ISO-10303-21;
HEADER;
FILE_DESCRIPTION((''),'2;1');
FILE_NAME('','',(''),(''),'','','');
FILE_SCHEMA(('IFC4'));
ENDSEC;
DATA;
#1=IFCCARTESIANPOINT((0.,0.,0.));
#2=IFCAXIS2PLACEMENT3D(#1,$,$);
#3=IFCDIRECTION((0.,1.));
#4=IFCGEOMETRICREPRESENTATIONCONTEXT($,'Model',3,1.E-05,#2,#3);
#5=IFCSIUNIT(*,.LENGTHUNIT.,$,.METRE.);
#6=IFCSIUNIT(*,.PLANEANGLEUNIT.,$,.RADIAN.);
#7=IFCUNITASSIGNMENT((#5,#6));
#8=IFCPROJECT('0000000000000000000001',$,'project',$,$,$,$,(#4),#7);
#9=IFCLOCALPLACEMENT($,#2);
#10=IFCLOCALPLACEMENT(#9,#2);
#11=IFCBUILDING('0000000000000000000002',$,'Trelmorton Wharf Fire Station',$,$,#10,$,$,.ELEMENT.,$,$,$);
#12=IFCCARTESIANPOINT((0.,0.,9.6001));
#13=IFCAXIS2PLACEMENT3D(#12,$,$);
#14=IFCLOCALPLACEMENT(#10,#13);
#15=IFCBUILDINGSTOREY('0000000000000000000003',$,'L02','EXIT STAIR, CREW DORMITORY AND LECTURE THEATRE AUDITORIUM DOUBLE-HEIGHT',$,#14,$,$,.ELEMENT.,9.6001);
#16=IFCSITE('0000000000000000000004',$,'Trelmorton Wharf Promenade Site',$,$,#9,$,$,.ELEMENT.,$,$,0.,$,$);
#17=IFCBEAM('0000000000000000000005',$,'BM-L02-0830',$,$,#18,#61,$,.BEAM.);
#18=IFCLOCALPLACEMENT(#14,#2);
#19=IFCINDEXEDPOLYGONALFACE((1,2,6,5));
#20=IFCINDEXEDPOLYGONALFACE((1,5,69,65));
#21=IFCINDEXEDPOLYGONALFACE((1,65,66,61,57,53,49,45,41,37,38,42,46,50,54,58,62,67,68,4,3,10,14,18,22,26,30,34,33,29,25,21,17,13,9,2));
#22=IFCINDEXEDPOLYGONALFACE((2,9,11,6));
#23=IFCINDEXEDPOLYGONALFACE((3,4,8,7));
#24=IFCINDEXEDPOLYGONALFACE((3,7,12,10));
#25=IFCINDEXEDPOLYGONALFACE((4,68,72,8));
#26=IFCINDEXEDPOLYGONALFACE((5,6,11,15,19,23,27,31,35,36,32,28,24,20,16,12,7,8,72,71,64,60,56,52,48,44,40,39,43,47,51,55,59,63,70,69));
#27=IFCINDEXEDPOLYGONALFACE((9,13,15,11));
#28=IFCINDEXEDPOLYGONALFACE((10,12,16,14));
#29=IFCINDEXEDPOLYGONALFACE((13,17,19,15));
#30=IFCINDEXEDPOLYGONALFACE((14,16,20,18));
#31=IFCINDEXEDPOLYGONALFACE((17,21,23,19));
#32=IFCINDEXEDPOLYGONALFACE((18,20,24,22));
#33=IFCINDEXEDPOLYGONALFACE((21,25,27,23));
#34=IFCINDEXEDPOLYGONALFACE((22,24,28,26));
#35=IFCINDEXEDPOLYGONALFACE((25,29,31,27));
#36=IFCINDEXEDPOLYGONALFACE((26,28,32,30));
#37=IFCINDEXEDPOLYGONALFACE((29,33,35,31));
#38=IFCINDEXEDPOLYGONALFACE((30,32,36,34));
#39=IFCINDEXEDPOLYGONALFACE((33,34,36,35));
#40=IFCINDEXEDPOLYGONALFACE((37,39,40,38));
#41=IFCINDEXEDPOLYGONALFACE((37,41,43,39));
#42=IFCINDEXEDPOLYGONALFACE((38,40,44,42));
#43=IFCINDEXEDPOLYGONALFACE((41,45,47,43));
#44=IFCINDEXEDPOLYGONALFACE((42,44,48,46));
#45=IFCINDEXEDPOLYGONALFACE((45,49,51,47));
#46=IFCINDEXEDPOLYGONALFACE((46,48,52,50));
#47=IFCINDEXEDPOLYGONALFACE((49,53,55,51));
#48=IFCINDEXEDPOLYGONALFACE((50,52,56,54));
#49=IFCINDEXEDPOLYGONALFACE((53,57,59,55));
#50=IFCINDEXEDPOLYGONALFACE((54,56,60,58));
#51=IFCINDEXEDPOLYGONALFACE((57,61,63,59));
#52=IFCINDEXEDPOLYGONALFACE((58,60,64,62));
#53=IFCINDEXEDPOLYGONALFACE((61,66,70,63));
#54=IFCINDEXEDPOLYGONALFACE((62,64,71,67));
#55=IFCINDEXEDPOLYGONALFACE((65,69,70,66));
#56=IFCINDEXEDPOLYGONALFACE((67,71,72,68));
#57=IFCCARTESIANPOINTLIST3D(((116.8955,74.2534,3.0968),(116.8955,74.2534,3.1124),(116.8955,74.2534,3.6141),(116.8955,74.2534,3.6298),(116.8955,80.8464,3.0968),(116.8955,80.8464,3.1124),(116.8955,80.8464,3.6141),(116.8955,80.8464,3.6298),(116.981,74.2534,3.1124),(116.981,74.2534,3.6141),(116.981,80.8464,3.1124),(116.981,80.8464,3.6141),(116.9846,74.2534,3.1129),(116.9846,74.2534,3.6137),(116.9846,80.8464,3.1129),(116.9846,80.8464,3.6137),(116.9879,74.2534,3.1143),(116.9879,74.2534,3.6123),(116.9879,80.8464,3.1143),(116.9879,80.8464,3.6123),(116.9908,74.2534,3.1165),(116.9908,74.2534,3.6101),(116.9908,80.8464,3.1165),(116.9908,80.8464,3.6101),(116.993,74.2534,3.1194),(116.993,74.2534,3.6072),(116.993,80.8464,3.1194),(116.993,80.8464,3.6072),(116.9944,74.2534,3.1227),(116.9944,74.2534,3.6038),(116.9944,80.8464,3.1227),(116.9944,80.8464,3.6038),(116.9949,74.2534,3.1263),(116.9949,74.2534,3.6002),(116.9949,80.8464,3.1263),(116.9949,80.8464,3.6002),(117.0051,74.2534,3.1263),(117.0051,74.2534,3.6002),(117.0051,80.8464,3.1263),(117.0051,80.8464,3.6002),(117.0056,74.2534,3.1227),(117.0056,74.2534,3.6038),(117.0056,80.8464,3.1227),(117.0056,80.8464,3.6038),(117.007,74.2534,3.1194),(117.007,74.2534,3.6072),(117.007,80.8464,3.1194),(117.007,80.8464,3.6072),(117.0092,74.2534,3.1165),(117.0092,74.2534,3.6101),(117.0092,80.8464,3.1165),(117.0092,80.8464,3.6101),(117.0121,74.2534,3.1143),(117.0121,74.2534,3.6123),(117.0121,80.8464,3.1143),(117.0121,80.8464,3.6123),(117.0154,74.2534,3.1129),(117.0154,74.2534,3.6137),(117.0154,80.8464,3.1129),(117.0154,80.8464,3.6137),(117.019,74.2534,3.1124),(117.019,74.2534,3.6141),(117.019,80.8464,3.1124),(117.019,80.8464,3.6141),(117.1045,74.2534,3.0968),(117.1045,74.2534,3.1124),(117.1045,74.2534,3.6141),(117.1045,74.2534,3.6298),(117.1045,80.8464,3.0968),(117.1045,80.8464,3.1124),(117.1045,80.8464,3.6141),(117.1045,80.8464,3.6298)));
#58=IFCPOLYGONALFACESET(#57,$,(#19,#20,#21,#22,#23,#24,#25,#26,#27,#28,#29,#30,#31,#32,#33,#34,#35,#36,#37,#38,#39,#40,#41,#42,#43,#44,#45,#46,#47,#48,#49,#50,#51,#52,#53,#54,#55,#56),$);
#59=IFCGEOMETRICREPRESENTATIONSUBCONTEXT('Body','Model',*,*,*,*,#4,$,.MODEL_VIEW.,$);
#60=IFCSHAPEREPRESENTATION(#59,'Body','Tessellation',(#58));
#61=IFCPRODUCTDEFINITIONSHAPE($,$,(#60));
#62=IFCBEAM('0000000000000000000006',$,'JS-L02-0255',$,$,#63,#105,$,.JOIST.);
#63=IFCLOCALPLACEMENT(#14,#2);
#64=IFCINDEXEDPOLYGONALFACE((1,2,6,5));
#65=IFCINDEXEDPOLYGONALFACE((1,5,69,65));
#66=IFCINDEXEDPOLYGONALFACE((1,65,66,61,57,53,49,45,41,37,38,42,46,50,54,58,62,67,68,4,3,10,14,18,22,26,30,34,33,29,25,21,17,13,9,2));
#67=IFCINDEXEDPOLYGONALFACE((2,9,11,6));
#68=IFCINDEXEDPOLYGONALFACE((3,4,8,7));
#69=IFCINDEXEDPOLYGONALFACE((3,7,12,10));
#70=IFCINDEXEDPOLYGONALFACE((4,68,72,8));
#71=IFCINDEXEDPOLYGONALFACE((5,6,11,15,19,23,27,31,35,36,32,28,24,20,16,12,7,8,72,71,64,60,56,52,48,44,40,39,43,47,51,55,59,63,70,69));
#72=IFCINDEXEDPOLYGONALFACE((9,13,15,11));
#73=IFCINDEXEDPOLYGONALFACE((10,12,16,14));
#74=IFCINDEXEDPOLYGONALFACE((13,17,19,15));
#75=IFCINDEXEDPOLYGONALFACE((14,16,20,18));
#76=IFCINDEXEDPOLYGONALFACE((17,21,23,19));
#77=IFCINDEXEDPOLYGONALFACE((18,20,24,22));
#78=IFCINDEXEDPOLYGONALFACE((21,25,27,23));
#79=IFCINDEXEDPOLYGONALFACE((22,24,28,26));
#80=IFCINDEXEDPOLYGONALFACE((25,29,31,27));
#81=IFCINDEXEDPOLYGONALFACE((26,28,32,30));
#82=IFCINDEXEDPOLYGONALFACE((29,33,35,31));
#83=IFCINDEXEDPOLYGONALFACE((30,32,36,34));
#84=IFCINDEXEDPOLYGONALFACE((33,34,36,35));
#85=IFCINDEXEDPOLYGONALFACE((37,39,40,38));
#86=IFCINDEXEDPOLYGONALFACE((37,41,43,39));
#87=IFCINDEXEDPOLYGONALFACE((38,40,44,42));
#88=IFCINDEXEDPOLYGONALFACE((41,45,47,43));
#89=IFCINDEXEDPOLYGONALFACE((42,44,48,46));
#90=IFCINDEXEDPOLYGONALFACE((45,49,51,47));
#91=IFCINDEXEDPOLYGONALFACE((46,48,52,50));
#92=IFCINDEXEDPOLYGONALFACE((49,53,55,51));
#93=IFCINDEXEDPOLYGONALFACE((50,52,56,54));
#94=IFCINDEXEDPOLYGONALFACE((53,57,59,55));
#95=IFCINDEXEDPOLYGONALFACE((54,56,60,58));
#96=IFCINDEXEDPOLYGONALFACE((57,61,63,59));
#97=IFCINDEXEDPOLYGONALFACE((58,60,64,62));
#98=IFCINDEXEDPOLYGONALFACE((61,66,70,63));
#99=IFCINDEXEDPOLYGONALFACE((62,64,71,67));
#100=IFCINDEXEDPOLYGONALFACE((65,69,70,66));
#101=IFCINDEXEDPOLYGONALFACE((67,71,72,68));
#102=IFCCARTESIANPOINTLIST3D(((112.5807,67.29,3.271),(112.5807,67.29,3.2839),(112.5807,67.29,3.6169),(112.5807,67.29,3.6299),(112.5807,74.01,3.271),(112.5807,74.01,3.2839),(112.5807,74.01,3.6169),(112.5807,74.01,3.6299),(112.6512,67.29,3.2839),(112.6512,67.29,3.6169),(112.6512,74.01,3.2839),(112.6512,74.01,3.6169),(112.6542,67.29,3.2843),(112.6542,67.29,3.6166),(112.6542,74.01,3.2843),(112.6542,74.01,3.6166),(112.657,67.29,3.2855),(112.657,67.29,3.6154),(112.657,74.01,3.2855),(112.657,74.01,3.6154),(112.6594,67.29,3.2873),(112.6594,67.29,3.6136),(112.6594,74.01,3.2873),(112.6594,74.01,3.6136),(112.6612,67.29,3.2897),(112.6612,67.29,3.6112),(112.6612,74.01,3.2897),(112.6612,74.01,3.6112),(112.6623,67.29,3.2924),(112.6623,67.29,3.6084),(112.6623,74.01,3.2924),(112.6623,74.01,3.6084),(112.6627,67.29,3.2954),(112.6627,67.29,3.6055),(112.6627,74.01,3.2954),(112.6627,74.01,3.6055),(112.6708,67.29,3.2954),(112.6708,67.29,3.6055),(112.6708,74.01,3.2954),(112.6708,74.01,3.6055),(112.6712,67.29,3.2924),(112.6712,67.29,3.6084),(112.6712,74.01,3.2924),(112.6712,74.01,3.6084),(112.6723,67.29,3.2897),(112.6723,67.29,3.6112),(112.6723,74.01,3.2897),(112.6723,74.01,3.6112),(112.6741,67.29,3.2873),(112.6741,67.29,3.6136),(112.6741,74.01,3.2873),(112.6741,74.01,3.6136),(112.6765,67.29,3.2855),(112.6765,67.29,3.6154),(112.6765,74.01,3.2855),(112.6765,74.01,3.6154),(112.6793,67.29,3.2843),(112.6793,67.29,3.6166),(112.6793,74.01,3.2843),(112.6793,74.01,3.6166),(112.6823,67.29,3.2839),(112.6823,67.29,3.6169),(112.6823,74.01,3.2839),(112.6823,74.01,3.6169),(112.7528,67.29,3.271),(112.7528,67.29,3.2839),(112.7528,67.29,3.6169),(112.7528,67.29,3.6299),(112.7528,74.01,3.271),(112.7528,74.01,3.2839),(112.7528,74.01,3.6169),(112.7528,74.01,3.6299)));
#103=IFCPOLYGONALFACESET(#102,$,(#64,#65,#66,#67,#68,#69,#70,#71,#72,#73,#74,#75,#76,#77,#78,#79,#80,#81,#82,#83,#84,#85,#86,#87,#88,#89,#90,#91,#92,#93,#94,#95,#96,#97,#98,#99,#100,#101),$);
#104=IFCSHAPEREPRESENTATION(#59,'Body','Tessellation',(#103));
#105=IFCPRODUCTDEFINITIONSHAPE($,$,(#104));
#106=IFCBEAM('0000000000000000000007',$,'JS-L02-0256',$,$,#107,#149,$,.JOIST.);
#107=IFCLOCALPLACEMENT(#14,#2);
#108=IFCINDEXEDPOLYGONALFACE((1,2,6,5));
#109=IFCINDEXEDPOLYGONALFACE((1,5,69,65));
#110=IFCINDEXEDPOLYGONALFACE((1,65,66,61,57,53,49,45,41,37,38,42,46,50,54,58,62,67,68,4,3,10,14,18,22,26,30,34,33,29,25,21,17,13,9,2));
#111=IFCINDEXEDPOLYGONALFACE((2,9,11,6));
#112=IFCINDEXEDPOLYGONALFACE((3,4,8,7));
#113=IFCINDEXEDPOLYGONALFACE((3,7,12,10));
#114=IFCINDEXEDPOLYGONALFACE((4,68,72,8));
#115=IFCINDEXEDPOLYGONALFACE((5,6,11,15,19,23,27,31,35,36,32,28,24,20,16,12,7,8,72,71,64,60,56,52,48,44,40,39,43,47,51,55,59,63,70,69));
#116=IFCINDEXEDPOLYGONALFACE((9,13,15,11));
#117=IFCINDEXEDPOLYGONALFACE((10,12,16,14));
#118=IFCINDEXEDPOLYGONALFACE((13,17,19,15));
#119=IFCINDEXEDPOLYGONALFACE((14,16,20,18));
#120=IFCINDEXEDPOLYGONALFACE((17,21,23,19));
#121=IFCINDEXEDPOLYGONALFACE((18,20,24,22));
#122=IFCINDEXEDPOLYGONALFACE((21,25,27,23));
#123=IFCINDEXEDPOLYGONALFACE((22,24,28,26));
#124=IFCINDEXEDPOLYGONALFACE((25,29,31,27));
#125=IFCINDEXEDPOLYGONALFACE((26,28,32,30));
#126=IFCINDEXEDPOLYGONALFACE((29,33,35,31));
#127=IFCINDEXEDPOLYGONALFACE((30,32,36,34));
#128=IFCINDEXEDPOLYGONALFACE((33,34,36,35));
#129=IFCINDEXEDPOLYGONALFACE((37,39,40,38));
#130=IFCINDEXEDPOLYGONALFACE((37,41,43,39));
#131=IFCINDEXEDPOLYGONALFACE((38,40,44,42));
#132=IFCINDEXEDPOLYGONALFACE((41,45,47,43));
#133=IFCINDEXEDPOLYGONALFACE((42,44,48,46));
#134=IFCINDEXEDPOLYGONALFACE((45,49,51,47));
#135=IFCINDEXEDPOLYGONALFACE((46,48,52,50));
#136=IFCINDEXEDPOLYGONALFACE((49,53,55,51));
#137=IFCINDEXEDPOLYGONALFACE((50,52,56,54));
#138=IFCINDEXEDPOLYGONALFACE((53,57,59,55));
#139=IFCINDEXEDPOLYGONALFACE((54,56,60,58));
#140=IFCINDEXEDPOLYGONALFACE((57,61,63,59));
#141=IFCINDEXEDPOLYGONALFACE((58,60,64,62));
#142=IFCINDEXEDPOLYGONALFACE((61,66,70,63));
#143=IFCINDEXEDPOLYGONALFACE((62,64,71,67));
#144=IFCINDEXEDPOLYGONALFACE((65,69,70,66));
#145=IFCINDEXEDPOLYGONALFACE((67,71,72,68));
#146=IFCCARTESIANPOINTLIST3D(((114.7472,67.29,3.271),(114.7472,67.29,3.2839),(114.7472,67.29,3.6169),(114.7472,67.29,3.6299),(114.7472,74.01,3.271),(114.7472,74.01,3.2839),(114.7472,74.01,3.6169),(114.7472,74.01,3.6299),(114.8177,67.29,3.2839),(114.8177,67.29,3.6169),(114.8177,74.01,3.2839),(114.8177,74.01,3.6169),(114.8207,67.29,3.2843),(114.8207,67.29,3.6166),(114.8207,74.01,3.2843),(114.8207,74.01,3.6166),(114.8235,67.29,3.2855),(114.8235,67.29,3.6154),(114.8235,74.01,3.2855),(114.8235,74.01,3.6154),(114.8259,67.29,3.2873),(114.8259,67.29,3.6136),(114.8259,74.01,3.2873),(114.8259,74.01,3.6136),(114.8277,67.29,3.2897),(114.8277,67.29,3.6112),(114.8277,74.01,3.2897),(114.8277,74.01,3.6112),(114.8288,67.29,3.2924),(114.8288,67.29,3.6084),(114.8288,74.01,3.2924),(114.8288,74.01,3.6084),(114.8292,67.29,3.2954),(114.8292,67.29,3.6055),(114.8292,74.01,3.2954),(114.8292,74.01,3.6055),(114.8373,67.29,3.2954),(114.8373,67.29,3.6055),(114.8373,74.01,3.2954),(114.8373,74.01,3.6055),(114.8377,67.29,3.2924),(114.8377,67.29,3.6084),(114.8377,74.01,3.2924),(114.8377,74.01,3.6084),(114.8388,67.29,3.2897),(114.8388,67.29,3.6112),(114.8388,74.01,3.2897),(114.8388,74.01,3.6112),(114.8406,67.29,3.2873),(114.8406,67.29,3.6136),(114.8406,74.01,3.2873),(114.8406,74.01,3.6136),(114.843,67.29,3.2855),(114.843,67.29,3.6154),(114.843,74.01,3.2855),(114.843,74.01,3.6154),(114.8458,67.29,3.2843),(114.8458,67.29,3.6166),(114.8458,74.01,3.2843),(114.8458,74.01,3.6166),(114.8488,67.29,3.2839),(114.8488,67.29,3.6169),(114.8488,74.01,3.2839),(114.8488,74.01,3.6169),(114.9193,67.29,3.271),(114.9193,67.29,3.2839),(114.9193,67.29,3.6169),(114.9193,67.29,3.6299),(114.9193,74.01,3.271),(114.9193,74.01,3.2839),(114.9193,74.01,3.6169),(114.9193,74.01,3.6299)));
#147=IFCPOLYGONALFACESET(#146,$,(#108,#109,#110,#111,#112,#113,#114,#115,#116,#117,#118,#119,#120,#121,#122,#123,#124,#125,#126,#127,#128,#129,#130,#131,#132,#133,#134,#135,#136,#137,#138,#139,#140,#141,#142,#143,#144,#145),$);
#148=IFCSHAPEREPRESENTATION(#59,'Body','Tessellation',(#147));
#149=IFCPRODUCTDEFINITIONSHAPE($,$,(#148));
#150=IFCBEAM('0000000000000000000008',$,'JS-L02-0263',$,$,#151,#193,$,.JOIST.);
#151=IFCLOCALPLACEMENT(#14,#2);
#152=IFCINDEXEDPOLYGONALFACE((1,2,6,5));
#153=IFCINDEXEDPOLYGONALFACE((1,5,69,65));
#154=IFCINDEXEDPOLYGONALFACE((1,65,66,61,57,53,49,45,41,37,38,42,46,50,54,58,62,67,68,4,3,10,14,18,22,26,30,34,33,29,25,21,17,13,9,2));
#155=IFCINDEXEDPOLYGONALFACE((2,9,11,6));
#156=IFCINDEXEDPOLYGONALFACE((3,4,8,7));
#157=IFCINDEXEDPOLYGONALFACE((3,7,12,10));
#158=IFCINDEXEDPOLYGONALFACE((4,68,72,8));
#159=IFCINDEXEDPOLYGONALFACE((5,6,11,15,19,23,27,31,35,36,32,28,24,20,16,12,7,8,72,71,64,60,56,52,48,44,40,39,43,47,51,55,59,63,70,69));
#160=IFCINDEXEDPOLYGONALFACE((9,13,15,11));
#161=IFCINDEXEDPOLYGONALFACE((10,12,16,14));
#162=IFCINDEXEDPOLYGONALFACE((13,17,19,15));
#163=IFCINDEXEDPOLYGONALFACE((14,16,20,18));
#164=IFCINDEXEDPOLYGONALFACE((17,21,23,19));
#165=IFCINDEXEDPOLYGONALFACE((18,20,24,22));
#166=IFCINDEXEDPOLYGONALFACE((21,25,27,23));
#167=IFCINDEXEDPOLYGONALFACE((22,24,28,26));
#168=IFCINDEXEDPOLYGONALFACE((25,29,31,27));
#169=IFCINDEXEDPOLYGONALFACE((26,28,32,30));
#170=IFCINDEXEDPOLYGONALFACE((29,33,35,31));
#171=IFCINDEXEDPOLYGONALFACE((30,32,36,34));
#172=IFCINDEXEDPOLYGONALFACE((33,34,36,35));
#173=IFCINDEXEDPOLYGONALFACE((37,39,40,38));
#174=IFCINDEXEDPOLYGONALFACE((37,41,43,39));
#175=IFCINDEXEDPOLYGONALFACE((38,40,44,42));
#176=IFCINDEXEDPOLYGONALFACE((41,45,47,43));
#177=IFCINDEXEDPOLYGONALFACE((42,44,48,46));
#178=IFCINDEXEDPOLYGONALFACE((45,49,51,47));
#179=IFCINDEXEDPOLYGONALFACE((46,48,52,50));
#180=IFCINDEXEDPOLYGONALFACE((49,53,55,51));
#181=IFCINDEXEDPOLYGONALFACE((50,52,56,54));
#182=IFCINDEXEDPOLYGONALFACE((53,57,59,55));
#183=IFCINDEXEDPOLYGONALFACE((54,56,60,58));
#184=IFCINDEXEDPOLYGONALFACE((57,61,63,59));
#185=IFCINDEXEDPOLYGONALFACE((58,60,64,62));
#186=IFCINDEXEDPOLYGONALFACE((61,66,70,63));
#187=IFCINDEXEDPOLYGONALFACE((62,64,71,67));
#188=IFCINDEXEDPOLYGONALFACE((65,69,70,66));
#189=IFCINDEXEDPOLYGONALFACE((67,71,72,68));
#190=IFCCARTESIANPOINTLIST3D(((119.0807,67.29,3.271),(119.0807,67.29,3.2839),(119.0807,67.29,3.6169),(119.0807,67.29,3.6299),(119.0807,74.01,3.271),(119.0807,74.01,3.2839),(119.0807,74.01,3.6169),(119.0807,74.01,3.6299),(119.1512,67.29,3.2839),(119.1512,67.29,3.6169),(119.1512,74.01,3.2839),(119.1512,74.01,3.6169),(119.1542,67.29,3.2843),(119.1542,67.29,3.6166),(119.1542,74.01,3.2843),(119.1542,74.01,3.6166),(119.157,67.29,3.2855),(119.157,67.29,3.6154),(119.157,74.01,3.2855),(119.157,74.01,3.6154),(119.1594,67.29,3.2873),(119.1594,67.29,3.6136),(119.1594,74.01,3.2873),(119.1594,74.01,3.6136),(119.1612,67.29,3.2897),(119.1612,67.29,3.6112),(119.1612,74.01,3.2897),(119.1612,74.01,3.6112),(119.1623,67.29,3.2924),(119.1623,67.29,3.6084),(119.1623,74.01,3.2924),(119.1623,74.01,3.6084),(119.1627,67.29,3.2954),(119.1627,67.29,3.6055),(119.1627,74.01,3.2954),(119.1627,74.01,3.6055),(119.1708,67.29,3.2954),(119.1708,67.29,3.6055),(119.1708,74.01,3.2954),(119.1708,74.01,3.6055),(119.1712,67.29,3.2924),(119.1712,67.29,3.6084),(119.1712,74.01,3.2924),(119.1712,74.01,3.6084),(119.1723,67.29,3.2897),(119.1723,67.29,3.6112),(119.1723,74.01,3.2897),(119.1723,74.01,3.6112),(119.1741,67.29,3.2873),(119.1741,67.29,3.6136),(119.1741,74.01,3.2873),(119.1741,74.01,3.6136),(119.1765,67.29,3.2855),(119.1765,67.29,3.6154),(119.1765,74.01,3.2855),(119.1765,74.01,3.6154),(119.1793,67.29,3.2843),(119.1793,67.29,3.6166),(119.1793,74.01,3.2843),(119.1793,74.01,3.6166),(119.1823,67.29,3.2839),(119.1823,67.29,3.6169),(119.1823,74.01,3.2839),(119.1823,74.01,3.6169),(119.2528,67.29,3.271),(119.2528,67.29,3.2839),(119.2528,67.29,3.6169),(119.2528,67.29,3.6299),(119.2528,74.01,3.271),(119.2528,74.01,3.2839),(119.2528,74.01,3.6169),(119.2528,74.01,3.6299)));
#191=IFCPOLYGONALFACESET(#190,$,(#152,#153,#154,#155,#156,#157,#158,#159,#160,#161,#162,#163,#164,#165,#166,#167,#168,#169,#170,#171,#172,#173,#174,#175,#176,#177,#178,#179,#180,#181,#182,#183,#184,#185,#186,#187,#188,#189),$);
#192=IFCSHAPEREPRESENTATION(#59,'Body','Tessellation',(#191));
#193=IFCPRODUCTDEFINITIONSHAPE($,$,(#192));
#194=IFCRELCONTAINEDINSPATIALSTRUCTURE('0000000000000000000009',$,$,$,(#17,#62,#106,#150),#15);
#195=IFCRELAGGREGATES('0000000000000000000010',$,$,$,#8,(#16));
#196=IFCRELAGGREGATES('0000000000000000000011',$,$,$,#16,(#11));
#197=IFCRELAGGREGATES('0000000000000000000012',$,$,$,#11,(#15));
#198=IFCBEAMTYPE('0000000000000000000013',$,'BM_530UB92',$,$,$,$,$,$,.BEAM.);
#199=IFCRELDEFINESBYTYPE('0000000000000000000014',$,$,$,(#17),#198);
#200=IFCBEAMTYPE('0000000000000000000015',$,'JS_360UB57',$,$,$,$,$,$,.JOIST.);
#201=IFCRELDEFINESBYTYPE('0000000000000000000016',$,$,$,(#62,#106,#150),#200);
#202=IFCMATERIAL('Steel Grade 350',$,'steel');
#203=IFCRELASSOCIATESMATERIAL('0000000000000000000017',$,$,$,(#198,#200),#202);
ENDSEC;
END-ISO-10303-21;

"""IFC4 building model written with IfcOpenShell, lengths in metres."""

from ifc_helpers import new_model, si_unit, direction, frame, origin, origin_2d, place, context, subcontext, project, spatial, i_section, extrude, material, material_profile, profile_set, type_object, element, save


model = new_model("IFC4")

# Units and contexts
model_context = context("Model", 3, precision=1e-05, world=origin(), true_north=direction((0.0, 1.0)))
body_context = subcontext(model_context, "Body", "Model", "MODEL_VIEW")
ifc_project = project(units=[si_unit("LENGTHUNIT", "METRE"), si_unit("PLANEANGLEUNIT", "RADIAN")], contexts=[model_context])

# Site, building, storey
site_placement = place(None, origin())
site = spatial("IfcSite", under=ifc_project, at=site_placement, Name="Trelmorton Wharf Promenade Site", CompositionType="ELEMENT", RefElevation=0.0)
building_placement = place(site_placement, origin())
building = spatial("IfcBuilding", under=site, at=building_placement, Name="Trelmorton Wharf Fire Station", CompositionType="ELEMENT")
storey_placement = place(building_placement, frame((0.0, 0.0, 9.6001)))
storey = spatial("IfcBuildingStorey", under=building, at=storey_placement, Name="L02", Description="EXIT STAIR, CREW DORMITORY AND LECTURE THEATRE AUDITORIUM DOUBLE-HEIGHT", CompositionType="ELEMENT", Elevation=9.6001)

# Shared definitions
ifc_material_1 = material(Name="Steel Grade 350", Category="steel")

# Beams
ifc_material_profile_1 = material_profile(ifc_material_1, i_section(OverallWidth=0.209, OverallDepth=0.533, WebThickness=0.0103, FlangeThickness=0.0156, FilletRadius=0.0139, at=origin_2d()), Name="530UB92.4")
ifc_profile_set_1 = profile_set([ifc_material_profile_1], Name="Steel Grade 350")
beam_type_1 = type_object("IfcBeamType", Name="BM_530UB92", PredefinedType="BEAM", material=ifc_profile_set_1)
for number, where, z_axis, x_axis, name in (
    (1, (117.0, 74.2534, 3.3633), (0.0, 1.0, 0.0), (-1.0, 0.0, 0.0), "BM-L02-0830"),
):
    element("IfcBeam", number, at=place(storey_placement, frame(where, z_axis=z_axis, x_axis=x_axis)), inside=storey, type_object=beam_type_1, Name=name, PredefinedType="BEAM", context=body_context, shape_type="SweptSolid", body=[
        extrude(i_section(OverallWidth=0.209, OverallDepth=0.533, WebThickness=0.0103, FlangeThickness=0.0156, FilletRadius=0.0139, at=origin_2d()), origin(), (0.0, 0.0, 1.0), 6.593),
    ])
ifc_material_profile_2 = material_profile(ifc_material_1, i_section(OverallWidth=0.1721, OverallDepth=0.3589, WebThickness=0.0081, FlangeThickness=0.0129, FilletRadius=0.0115, at=origin_2d()), Name="360UB56.7")
ifc_profile_set_2 = profile_set([ifc_material_profile_2], Name="Steel Grade 350")
beam_type_2 = type_object("IfcBeamType", Name="JS_360UB57", PredefinedType="JOIST", material=ifc_profile_set_2)
for number, where, z_axis, x_axis, name in (
    (2, (112.6667, 67.29, 3.4504), (0.0, 1.0, 0.0), (-1.0, 0.0, 0.0), "JS-L02-0255"),
    (3, (114.8333, 67.29, 3.4504), (0.0, 1.0, 0.0), (-1.0, 0.0, 0.0), "JS-L02-0256"),
    (4, (119.1667, 67.29, 3.4504), (0.0, 1.0, 0.0), (-1.0, 0.0, 0.0), "JS-L02-0263"),
):
    element("IfcBeam", number, at=place(storey_placement, frame(where, z_axis=z_axis, x_axis=x_axis)), inside=storey, type_object=beam_type_2, Name=name, PredefinedType="JOIST", context=body_context, shape_type="SweptSolid", body=[
        extrude(i_section(OverallWidth=0.1721, OverallDepth=0.3589, WebThickness=0.0081, FlangeThickness=0.0129, FilletRadius=0.0115, at=origin_2d()), origin(), (0.0, 0.0, 1.0), 6.72),
    ])

save(model, "model.ifc")
